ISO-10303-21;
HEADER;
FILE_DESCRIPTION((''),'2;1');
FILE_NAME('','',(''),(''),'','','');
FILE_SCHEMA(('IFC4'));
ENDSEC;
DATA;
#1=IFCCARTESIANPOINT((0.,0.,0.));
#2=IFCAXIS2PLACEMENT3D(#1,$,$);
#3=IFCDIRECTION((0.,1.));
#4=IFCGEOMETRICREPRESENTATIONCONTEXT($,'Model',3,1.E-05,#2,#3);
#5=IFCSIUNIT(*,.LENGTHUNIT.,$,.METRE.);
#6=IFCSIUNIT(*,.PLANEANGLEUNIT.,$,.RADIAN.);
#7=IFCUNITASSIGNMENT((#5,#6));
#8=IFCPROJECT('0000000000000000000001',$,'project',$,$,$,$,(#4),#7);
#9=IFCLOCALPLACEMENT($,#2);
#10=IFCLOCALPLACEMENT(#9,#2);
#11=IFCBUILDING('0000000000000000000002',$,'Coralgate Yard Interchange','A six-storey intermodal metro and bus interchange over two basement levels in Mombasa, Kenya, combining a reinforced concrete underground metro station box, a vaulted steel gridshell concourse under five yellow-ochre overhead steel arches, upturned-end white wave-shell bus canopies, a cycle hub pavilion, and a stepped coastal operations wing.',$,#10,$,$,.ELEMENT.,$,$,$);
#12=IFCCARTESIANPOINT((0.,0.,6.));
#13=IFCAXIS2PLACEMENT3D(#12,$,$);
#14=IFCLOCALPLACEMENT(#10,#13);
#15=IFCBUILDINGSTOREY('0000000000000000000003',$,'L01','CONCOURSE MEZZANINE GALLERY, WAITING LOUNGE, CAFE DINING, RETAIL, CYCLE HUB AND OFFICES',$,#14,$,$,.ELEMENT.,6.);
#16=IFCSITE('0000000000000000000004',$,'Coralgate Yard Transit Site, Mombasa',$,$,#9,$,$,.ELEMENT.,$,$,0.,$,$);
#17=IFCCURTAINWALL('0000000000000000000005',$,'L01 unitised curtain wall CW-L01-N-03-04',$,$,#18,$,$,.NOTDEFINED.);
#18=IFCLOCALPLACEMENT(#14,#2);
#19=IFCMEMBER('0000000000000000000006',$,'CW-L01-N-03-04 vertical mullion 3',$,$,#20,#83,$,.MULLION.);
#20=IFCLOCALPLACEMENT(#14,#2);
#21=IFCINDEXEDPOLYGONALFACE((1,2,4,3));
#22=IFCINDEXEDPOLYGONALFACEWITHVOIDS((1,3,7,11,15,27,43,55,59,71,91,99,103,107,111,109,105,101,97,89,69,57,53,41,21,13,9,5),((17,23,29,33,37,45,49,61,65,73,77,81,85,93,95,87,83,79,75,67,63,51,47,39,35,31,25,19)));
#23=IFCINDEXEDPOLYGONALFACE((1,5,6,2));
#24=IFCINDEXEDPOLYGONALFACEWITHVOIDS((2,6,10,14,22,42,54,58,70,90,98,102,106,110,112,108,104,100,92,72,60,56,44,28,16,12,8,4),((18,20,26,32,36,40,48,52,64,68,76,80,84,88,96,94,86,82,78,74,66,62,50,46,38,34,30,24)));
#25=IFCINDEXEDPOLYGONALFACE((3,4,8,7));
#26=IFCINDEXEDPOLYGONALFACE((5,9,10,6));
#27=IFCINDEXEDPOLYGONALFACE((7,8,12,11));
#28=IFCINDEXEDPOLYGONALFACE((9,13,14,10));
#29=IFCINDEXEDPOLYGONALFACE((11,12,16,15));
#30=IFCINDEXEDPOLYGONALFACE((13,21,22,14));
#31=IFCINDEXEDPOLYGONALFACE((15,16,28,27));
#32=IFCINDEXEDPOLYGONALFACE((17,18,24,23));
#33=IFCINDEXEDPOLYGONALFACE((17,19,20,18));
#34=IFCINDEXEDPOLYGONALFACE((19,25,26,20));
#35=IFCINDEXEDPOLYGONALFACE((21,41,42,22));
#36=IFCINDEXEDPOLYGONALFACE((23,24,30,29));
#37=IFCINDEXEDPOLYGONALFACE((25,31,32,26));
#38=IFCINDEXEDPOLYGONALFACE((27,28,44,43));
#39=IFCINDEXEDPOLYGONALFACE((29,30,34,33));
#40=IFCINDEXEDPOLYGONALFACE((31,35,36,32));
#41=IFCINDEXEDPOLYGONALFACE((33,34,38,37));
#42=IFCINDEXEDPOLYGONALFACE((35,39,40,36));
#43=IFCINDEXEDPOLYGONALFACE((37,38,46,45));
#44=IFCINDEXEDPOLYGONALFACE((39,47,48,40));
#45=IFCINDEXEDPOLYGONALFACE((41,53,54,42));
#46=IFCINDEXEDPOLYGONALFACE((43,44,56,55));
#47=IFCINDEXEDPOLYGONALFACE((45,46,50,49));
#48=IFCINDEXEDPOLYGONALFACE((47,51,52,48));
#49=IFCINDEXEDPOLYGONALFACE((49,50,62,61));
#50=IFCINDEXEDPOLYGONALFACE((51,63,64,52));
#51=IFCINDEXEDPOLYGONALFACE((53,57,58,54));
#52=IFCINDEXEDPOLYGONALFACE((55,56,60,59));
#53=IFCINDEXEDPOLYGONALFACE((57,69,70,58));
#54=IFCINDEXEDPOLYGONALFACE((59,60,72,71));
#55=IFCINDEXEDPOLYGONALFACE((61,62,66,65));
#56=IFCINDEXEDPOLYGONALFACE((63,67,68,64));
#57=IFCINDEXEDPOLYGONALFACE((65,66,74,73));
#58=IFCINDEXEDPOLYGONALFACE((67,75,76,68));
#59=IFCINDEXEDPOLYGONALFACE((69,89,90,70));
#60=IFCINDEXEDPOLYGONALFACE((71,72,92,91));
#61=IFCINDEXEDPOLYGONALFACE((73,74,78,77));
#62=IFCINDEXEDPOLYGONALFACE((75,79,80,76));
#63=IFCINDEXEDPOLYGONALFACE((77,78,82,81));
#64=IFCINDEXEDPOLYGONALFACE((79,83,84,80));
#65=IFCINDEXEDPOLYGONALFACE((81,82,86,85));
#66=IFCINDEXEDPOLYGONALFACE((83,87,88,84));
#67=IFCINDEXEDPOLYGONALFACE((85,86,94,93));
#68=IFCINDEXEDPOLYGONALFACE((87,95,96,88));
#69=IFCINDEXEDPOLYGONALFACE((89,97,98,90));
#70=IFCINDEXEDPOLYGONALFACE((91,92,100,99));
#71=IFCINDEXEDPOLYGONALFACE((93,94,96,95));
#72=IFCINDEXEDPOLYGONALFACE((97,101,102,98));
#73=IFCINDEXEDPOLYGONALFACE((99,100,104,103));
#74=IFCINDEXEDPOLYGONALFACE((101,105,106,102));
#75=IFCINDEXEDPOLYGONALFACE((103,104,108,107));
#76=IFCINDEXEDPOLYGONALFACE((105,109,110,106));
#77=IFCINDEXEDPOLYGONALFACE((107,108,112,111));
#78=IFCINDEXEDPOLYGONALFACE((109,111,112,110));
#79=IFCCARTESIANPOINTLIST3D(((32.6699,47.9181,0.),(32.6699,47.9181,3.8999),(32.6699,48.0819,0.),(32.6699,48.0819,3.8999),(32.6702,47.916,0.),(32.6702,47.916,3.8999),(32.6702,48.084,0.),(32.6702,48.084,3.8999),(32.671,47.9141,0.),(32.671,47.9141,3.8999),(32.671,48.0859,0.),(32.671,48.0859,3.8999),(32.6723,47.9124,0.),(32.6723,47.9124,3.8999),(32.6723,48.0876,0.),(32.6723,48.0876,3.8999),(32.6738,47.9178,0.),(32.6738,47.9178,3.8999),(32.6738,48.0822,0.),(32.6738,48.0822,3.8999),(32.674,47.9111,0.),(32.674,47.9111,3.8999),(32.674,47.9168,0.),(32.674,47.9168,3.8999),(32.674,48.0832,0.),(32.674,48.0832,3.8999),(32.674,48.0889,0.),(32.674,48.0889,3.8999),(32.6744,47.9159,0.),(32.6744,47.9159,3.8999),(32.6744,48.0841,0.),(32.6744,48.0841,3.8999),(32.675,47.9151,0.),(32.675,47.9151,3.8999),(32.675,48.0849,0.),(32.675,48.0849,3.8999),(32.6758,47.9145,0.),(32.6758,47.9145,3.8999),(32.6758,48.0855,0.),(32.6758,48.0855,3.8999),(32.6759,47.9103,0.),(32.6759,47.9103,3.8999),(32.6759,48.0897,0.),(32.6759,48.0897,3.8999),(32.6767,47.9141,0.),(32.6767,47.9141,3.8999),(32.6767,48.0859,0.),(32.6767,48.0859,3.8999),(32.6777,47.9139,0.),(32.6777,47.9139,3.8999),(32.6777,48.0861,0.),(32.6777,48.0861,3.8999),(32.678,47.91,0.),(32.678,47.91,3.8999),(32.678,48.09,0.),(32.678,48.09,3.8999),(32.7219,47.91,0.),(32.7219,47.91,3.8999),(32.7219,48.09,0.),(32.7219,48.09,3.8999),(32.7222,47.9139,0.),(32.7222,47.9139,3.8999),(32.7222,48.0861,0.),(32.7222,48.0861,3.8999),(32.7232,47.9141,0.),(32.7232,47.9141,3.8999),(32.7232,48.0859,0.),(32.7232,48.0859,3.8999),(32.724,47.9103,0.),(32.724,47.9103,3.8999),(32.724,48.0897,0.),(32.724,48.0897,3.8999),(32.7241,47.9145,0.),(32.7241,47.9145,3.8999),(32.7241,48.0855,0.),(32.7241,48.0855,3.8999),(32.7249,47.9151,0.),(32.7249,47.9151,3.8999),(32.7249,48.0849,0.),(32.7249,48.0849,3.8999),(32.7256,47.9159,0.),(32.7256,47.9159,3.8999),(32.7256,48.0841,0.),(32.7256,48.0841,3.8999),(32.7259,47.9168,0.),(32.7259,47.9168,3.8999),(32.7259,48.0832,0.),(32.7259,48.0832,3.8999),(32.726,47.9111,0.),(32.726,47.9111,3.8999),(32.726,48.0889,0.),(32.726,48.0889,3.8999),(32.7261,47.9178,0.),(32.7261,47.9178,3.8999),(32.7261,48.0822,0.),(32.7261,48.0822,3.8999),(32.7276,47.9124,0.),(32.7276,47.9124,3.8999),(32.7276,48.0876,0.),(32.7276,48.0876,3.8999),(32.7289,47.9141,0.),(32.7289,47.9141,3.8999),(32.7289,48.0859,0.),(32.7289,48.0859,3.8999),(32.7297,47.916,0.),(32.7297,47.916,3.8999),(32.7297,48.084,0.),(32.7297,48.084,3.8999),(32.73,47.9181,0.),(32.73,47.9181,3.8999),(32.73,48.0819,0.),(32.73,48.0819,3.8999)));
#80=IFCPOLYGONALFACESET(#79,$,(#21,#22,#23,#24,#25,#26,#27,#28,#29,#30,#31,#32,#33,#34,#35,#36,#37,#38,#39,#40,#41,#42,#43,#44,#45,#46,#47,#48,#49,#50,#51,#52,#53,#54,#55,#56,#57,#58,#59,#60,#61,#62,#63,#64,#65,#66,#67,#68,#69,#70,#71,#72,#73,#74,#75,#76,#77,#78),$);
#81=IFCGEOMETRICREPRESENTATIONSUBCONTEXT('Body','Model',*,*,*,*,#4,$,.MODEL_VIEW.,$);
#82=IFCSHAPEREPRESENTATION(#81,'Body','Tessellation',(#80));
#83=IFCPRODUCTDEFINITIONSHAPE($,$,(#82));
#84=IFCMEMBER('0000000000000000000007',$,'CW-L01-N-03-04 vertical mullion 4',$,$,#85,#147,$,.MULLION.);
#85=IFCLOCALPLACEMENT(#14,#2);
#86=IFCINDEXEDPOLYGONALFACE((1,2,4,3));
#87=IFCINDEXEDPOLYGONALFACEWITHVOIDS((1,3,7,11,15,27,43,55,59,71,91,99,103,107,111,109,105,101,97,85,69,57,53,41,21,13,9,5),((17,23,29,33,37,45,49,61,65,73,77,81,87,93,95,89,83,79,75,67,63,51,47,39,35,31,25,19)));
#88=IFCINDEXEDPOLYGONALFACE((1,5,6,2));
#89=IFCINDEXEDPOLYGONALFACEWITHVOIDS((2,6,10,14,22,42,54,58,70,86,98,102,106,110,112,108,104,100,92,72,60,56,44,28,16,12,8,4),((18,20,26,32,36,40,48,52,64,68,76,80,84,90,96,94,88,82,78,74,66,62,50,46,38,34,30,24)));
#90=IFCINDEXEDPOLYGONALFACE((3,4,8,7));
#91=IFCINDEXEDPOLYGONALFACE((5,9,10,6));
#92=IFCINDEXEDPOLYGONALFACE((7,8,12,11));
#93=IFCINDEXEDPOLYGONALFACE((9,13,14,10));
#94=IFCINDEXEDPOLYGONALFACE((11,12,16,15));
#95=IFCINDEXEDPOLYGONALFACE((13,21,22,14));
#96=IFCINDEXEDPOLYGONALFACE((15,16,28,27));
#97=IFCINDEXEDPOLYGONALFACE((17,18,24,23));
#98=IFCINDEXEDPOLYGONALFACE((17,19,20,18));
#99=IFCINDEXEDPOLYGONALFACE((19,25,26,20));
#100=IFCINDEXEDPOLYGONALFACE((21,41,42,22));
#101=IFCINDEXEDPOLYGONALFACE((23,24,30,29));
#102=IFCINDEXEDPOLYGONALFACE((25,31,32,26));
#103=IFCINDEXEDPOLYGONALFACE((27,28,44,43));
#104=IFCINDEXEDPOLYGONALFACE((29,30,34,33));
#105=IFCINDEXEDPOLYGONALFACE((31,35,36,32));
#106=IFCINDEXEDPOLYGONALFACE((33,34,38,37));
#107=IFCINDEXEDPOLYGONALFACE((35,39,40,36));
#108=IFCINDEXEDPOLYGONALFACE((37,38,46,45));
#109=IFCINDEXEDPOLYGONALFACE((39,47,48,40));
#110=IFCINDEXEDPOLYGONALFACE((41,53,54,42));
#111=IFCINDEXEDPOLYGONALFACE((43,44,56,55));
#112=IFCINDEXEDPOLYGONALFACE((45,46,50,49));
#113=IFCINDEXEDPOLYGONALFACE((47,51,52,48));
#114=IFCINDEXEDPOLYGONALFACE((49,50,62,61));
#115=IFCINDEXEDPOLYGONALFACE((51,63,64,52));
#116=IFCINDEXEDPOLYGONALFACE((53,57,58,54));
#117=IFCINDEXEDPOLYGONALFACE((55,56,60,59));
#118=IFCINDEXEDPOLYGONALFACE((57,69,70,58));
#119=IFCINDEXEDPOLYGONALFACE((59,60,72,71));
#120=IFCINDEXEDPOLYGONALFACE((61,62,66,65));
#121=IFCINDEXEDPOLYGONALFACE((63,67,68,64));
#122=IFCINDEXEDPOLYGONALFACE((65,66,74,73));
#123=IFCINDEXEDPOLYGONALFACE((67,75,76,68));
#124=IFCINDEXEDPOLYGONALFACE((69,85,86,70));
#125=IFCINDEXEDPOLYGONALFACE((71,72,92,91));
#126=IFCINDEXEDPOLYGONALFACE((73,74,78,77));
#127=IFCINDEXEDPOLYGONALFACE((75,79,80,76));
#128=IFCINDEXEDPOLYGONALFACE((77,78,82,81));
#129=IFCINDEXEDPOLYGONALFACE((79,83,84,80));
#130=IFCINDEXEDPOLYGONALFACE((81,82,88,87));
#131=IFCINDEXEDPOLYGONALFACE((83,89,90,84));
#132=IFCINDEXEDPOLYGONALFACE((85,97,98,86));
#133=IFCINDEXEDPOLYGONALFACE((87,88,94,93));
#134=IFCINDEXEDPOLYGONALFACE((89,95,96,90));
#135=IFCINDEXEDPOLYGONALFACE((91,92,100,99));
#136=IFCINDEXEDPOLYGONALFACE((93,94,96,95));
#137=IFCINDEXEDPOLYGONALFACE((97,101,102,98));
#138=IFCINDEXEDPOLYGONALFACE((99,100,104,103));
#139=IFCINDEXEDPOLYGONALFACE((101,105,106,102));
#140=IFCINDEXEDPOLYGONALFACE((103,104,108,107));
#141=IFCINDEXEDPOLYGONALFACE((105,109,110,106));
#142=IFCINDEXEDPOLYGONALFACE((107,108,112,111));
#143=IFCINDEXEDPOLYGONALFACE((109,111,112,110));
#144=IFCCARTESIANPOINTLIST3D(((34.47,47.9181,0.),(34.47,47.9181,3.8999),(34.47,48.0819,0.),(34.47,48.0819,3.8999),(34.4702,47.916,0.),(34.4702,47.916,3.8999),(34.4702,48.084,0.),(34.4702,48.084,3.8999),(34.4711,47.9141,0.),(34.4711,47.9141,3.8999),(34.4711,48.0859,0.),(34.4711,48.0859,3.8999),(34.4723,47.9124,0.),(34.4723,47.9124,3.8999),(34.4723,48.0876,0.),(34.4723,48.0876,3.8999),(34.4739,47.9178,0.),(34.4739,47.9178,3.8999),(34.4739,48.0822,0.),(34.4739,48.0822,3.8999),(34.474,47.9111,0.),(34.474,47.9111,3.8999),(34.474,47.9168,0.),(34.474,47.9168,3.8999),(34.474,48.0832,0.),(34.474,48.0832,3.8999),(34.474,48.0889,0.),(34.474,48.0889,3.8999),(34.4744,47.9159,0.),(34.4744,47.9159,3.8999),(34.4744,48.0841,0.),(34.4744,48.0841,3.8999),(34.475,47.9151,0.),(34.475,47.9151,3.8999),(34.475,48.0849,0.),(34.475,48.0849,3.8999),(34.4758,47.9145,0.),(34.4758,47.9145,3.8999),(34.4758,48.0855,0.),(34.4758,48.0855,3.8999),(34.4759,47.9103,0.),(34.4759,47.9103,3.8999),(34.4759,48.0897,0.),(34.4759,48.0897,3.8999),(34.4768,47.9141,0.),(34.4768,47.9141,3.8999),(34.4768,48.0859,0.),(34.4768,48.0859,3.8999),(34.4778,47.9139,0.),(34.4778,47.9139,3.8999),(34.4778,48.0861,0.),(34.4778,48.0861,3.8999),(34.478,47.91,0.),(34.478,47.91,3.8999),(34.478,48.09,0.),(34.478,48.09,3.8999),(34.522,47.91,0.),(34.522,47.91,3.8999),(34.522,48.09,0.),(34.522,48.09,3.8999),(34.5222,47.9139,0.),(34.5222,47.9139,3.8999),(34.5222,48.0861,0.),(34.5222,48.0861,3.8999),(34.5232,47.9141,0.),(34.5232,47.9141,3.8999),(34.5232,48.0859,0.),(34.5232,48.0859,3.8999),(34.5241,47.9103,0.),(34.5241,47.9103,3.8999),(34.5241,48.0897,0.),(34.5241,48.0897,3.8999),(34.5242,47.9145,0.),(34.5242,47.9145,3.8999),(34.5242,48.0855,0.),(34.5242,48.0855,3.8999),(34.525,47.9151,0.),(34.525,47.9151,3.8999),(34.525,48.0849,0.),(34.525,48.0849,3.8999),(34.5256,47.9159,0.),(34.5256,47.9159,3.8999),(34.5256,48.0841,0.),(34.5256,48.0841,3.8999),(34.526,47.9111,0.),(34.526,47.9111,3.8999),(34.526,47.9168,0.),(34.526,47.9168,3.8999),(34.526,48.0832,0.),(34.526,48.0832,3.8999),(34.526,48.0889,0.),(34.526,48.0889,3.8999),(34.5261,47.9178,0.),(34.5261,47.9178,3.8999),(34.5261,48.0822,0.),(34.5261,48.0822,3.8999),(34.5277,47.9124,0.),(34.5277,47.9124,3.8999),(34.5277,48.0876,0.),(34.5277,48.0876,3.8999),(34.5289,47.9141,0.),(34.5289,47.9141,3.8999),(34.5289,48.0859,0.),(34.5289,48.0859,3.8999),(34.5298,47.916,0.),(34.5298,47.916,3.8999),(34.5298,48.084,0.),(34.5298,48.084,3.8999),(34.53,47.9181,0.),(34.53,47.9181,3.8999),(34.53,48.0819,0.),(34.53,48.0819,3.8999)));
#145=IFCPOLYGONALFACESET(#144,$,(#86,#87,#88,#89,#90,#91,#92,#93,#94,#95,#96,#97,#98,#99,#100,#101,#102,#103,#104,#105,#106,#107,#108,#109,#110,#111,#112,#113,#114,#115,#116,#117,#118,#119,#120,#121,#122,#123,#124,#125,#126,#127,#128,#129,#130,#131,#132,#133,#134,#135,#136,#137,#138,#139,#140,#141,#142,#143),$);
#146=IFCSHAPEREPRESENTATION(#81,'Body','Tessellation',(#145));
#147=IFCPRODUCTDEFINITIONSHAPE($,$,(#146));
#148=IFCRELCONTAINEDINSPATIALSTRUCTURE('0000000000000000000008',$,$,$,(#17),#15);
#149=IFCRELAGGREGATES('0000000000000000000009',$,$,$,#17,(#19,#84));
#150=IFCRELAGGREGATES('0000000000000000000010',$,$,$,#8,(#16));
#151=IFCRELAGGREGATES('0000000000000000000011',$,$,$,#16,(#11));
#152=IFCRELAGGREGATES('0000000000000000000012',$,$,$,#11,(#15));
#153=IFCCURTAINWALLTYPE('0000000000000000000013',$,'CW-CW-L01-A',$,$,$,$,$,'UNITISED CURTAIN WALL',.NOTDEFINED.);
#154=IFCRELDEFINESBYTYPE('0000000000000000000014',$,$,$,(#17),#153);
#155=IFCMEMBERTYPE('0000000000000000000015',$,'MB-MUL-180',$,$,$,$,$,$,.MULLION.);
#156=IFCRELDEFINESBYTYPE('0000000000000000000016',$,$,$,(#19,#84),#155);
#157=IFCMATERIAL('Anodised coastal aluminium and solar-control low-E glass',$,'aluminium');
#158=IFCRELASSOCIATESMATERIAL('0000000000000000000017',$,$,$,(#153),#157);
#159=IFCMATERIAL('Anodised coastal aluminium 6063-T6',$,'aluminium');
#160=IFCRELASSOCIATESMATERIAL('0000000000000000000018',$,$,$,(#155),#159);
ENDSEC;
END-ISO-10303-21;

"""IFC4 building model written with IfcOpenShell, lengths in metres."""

from ifc_helpers import new_model, si_unit, direction, frame, origin, origin_2d, place, context, subcontext, project, spatial, hollow_rectangle, extrude, material, material_profile, profile_set, type_object, element, aggregate, save


model = new_model("IFC4")

# Units and contexts
model_context = context("Model", 3, precision=1e-05, world=origin(), true_north=direction((0.0, 1.0)))
body_context = subcontext(model_context, "Body", "Model", "MODEL_VIEW")
ifc_project = project(units=[si_unit("LENGTHUNIT", "METRE"), si_unit("PLANEANGLEUNIT", "RADIAN")], contexts=[model_context])

# Site, building, storey
site_placement = place(None, origin())
site = spatial("IfcSite", under=ifc_project, at=site_placement, Name="Coralgate Yard Transit Site, Mombasa", CompositionType="ELEMENT", RefElevation=0.0)
building_placement = place(site_placement, origin())
building = spatial("IfcBuilding", under=site, at=building_placement, Name="Coralgate Yard Interchange", Description="A six-storey intermodal metro and bus interchange over two basement levels in Mombasa, Kenya, combining a reinforced concrete underground metro station box, a vaulted steel gridshell concourse under five yellow-ochre overhead steel arches, upturned-end white wave-shell bus canopies, a cycle hub pavilion, and a stepped coastal operations wing.", CompositionType="ELEMENT")
storey_placement = place(building_placement, frame((0.0, 0.0, 6.0)))
storey = spatial("IfcBuildingStorey", under=building, at=storey_placement, Name="L01", Description="CONCOURSE MEZZANINE GALLERY, WAITING LOUNGE, CAFE DINING, RETAIL, CYCLE HUB AND OFFICES", CompositionType="ELEMENT", Elevation=6.0)

# Curtain wall, members
ifc_material_1 = material(Name="Anodised coastal aluminium and solar-control low-E glass", Category="aluminium")
curtain_wall_type = type_object("IfcCurtainWallType", Name="CW-CW-L01-A", ElementType="UNITISED CURTAIN WALL", PredefinedType="NOTDEFINED", material=ifc_material_1)
curtain_wall_placement = place(storey_placement, origin())
curtain_wall = element("IfcCurtainWall", 1, at=curtain_wall_placement, inside=storey, type_object=curtain_wall_type, Name="L01 unitised curtain wall CW-L01-N-03-04", PredefinedType="NOTDEFINED")
ifc_material_2 = material(Name="Anodised coastal aluminium 6063-T6", Category="aluminium")
ifc_material_profile_1 = material_profile(ifc_material_2, hollow_rectangle(XDim=0.0601, YDim=0.1799, WallThickness=0.0039, InnerFilletRadius=0.0039, OuterFilletRadius=0.0081, at=origin_2d()), Name="ALU 60x180x4")
ifc_profile_set_1 = profile_set([ifc_material_profile_1], Name="Anodised coastal aluminium 6063-T6")
member_type_1 = type_object("IfcMemberType", Name="MB-MUL-180", PredefinedType="MULLION", material=ifc_profile_set_1)
member_1_placement = place(storey_placement, frame((32.7, 48.0, 0.0), z_axis=(0.0, 0.0, 1.0), x_axis=(1.0, 0.0, 0.0)))
member_1 = element("IfcMember", 2, at=member_1_placement, type_object=member_type_1, Name="CW-L01-N-03-04 vertical mullion 3", PredefinedType="MULLION", context=body_context, shape_type="SweptSolid", body=[
    extrude(hollow_rectangle(XDim=0.0601, YDim=0.1799, WallThickness=0.0039, InnerFilletRadius=0.0039, OuterFilletRadius=0.0081, at=origin_2d()), origin(), (0.0, 0.0, 1.0), 3.8999),
])
member_2_placement = place(storey_placement, frame((34.5, 48.0, 0.0), z_axis=(0.0, 0.0, 1.0), x_axis=(1.0, 0.0, 0.0)))
member_2 = element("IfcMember", 3, at=member_2_placement, type_object=member_type_1, Name="CW-L01-N-03-04 vertical mullion 4", PredefinedType="MULLION", context=body_context, shape_type="SweptSolid", body=[
    extrude(hollow_rectangle(XDim=0.0601, YDim=0.1799, WallThickness=0.0039, InnerFilletRadius=0.0039, OuterFilletRadius=0.0081, at=origin_2d()), origin(), (0.0, 0.0, 1.0), 3.8999),
])
aggregate(curtain_wall, [member_1, member_2])

save(model, "model.ifc")
